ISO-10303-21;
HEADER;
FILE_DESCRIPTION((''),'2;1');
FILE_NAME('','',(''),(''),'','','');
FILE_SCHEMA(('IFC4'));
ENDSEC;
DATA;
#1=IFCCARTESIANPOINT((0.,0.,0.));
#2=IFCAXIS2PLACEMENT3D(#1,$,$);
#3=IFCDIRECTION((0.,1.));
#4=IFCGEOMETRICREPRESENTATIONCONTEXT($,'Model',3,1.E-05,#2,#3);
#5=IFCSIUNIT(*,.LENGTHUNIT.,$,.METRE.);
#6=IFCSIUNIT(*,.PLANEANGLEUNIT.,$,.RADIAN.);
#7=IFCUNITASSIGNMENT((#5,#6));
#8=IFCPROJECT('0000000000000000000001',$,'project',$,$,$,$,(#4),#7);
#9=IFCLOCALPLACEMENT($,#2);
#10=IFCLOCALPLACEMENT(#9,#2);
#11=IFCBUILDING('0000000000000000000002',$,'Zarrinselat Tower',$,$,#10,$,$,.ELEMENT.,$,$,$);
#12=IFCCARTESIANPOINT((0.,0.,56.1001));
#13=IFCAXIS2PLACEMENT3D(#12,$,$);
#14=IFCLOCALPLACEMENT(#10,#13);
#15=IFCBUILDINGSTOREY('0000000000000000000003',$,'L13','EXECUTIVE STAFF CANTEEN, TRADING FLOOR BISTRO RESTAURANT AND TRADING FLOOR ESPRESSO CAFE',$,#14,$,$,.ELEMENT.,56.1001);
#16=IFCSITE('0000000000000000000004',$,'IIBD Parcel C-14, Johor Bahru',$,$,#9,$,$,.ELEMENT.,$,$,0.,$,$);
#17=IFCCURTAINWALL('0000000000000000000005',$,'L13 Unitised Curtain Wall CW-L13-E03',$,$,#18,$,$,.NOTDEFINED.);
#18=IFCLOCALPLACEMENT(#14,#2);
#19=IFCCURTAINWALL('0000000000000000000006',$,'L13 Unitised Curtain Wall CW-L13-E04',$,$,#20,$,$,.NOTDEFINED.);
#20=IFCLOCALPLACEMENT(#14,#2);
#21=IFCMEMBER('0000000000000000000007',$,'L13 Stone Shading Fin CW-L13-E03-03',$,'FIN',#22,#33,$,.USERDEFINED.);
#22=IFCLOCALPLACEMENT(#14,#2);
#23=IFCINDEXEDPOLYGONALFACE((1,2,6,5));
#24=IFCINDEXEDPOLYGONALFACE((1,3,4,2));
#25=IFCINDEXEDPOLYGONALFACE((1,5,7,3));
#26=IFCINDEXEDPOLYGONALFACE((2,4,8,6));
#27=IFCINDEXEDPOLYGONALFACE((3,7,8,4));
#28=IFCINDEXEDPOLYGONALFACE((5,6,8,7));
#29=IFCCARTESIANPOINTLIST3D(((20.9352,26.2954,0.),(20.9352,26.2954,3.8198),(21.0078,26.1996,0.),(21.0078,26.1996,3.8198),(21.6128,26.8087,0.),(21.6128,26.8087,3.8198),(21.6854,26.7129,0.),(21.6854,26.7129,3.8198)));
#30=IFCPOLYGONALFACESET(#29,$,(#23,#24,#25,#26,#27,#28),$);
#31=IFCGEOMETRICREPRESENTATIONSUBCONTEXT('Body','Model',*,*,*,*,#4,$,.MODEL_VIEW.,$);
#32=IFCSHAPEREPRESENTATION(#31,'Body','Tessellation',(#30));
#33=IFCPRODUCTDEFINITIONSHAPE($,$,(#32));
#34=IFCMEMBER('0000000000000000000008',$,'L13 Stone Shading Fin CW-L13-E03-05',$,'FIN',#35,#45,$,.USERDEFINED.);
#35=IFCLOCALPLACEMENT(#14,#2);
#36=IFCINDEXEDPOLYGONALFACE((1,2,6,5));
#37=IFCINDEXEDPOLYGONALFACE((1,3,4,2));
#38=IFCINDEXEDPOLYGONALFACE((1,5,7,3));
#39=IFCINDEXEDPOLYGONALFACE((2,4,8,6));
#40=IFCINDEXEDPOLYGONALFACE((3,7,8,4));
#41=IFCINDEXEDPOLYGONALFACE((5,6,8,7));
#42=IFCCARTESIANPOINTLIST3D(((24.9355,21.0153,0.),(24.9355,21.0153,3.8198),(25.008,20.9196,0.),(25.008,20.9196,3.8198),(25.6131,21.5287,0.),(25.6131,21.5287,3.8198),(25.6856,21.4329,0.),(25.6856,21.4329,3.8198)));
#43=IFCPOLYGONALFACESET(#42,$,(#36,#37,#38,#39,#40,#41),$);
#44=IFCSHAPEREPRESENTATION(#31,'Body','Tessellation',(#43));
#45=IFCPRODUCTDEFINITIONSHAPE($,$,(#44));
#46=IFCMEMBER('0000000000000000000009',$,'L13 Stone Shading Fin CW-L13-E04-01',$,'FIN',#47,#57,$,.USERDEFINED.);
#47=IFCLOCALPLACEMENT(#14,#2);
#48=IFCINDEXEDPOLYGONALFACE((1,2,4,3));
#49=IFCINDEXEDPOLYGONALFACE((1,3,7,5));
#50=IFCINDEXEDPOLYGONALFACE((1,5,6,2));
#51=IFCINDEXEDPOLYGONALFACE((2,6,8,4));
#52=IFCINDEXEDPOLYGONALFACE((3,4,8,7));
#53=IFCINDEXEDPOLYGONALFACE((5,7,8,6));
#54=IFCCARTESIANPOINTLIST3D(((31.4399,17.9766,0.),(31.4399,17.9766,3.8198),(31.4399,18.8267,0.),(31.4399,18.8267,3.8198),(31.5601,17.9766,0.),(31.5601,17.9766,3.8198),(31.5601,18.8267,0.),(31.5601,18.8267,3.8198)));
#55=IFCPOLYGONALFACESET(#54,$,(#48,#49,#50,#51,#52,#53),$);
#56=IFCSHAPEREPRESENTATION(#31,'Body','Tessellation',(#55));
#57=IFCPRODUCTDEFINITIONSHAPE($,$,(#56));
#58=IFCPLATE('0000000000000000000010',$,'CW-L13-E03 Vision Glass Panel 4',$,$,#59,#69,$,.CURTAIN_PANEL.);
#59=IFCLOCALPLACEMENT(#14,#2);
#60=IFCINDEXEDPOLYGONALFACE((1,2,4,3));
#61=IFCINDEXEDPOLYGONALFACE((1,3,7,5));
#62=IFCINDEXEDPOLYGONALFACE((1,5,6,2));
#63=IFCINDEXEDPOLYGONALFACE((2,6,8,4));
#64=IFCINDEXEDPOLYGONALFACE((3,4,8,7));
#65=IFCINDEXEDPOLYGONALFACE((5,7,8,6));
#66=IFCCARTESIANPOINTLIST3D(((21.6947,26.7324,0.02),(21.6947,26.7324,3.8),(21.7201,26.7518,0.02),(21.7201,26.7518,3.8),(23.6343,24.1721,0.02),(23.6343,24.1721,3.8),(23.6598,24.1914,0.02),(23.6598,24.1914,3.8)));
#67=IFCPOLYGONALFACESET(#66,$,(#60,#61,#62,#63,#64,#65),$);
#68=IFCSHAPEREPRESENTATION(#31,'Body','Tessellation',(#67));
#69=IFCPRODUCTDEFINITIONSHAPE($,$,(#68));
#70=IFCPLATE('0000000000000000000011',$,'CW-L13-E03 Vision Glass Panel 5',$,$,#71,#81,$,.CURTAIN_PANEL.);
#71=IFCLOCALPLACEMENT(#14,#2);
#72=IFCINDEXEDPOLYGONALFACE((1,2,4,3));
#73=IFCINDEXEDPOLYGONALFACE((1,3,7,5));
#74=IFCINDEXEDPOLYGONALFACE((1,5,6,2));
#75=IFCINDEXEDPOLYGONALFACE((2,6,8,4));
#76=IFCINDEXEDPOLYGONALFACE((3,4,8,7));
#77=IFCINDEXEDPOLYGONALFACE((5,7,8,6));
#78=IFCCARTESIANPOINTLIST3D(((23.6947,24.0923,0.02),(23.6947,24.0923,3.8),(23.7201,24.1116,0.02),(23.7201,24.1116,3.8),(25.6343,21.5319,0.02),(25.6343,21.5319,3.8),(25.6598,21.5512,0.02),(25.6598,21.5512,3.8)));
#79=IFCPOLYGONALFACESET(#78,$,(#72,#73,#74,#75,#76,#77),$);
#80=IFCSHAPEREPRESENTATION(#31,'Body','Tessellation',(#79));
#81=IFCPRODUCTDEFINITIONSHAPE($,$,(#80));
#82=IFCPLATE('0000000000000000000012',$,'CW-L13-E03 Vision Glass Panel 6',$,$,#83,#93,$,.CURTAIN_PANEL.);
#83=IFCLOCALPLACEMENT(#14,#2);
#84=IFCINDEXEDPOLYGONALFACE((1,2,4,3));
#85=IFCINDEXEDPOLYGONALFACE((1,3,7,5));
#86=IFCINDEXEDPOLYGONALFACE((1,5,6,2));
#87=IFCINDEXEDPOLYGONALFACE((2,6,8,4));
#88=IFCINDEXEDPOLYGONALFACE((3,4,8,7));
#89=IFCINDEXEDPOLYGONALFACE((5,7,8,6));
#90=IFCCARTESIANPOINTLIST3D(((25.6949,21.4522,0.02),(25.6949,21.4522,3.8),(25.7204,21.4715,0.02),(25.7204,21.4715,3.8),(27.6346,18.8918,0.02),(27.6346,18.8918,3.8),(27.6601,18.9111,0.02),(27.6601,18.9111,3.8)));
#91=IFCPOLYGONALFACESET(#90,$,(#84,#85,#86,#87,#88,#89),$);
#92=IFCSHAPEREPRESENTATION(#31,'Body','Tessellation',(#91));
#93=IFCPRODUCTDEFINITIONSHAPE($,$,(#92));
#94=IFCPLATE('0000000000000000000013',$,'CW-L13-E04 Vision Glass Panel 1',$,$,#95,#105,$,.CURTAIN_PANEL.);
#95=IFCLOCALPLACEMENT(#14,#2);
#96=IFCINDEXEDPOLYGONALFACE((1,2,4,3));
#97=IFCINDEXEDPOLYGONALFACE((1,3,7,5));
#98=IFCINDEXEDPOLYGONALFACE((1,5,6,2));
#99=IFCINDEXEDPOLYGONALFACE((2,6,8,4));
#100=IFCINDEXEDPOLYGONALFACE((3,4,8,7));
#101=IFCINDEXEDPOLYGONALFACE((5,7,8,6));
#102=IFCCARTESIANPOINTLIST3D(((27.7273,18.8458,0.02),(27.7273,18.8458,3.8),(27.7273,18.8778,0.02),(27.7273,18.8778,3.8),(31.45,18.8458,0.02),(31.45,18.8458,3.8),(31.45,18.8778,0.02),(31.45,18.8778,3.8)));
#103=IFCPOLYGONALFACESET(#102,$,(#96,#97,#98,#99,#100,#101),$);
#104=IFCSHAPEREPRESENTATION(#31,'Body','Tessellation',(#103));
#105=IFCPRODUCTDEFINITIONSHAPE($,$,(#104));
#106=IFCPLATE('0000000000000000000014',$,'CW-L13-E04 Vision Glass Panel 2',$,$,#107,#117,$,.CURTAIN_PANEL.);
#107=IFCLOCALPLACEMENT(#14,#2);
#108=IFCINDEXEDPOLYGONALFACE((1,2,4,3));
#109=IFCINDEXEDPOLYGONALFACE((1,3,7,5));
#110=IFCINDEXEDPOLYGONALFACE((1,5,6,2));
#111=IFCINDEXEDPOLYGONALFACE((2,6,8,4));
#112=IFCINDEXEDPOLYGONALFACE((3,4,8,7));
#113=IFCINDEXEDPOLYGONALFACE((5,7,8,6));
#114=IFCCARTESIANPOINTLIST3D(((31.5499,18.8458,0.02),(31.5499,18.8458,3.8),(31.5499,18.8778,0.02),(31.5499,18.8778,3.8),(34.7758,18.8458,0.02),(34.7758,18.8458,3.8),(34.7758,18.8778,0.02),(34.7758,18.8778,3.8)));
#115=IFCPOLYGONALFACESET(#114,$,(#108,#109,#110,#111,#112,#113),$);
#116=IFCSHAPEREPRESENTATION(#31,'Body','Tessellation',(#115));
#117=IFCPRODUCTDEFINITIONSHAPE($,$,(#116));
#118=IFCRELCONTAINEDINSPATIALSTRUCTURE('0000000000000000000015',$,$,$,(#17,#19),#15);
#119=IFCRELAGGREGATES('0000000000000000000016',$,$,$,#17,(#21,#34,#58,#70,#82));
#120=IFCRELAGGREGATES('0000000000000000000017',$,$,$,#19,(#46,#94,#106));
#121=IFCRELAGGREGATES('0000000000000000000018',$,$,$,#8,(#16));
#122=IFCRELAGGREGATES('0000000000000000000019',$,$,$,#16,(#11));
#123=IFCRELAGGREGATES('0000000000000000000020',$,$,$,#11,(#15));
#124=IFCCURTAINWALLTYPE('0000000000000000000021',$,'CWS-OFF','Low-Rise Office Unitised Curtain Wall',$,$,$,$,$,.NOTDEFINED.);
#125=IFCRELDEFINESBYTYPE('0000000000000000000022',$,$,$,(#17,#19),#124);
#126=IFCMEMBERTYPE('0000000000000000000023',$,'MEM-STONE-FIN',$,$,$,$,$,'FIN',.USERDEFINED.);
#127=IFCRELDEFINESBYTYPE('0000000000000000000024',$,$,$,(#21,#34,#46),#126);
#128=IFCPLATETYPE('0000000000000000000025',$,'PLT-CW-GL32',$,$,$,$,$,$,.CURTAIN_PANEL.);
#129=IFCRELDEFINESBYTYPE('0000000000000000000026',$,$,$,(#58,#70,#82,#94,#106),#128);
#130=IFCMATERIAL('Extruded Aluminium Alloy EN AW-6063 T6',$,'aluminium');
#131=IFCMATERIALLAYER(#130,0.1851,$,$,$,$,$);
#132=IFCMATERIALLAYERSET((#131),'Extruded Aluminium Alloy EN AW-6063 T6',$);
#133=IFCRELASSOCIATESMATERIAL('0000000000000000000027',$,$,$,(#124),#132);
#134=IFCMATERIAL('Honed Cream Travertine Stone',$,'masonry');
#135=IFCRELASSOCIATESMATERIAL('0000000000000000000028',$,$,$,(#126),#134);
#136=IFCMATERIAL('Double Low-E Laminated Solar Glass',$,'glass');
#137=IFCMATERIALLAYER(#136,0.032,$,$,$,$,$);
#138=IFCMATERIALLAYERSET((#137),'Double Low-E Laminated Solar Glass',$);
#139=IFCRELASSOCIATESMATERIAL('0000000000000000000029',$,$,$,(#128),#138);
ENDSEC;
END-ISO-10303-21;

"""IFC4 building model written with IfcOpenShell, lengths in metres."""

from ifc_helpers import new_model, si_unit, direction, frame, origin, origin_2d, place, context, subcontext, project, spatial, rectangle, extrude, material, layer, layer_set, material_profile, profile_set, type_object, element, aggregate, save


model = new_model("IFC4")

# Units and contexts
model_context = context("Model", 3, precision=1e-05, world=origin(), true_north=direction((0.0, 1.0)))
body_context = subcontext(model_context, "Body", "Model", "MODEL_VIEW")
ifc_project = project(units=[si_unit("LENGTHUNIT", "METRE"), si_unit("PLANEANGLEUNIT", "RADIAN")], contexts=[model_context])

# Site, building, storey
site_placement = place(None, origin())
site = spatial("IfcSite", under=ifc_project, at=site_placement, Name="IIBD Parcel C-14, Johor Bahru", CompositionType="ELEMENT", RefElevation=0.0)
building_placement = place(site_placement, origin())
building = spatial("IfcBuilding", under=site, at=building_placement, Name="Zarrinselat Tower", CompositionType="ELEMENT")
storey_placement = place(building_placement, frame((0.0, 0.0, 56.1001)))
storey = spatial("IfcBuildingStorey", under=building, at=storey_placement, Name="L13", Description="EXECUTIVE STAFF CANTEEN, TRADING FLOOR BISTRO RESTAURANT AND TRADING FLOOR ESPRESSO CAFE", CompositionType="ELEMENT", Elevation=56.1001)

# Curtain walls
ifc_material_1 = material(Name="Extruded Aluminium Alloy EN AW-6063 T6", Category="aluminium")
ifc_layer_1 = layer(ifc_material_1, 0.1851)
ifc_layer_set_1 = layer_set([ifc_layer_1], Name="Extruded Aluminium Alloy EN AW-6063 T6")
curtain_wall_type = type_object("IfcCurtainWallType", Name="CWS-OFF", Description="Low-Rise Office Unitised Curtain Wall", PredefinedType="NOTDEFINED", material=ifc_layer_set_1)
curtain_wall_1_placement = place(storey_placement, origin())
curtain_wall_1 = element("IfcCurtainWall", 1, at=curtain_wall_1_placement, inside=storey, type_object=curtain_wall_type, Name="L13 Unitised Curtain Wall CW-L13-E03", PredefinedType="NOTDEFINED")
curtain_wall_2_placement = place(storey_placement, origin())
curtain_wall_2 = element("IfcCurtainWall", 2, at=curtain_wall_2_placement, inside=storey, type_object=curtain_wall_type, Name="L13 Unitised Curtain Wall CW-L13-E04", PredefinedType="NOTDEFINED")

# Members
ifc_material_2 = material(Name="Honed Cream Travertine Stone", Category="masonry")
ifc_material_profile_1 = material_profile(ifc_material_2, rectangle(XDim=0.1201, YDim=0.8501, at=origin_2d()), Name="FIN 850x120")
ifc_profile_set_1 = profile_set([ifc_material_profile_1], Name="Honed Cream Travertine Stone")
member_type_1 = type_object("IfcMemberType", Name="MEM-STONE-FIN", ElementType="FIN", PredefinedType="USERDEFINED", material=ifc_profile_set_1)
member_1_placement = place(storey_placement, frame((21.3103, 26.5042, 0.0), z_axis=(0.0, 0.0, 1.0), x_axis=(-0.603862, 0.797089, 0.0)))
member_1 = element("IfcMember", 3, at=member_1_placement, type_object=member_type_1, Name="L13 Stone Shading Fin CW-L13-E03-03", ObjectType="FIN", PredefinedType="USERDEFINED", context=body_context, shape_type="SweptSolid", body=[
    extrude(rectangle(XDim=0.1201, YDim=0.8501, at=origin_2d()), origin(), (0.0, 0.0, 1.0), 3.8198),
])
member_2_placement = place(storey_placement, frame((25.3105, 21.2241, 0.0), z_axis=(0.0, 0.0, 1.0), x_axis=(-0.603862, 0.797089, 0.0)))
member_2 = element("IfcMember", 4, at=member_2_placement, type_object=member_type_1, Name="L13 Stone Shading Fin CW-L13-E03-05", ObjectType="FIN", PredefinedType="USERDEFINED", context=body_context, shape_type="SweptSolid", body=[
    extrude(rectangle(XDim=0.1201, YDim=0.8501, at=origin_2d()), origin(), (0.0, 0.0, 1.0), 3.8198),
])
member_3_placement = place(storey_placement, frame((31.5, 18.4016, 0.0), z_axis=(0.0, 0.0, 1.0), x_axis=(-1.0, 0.0, 0.0)))
member_3 = element("IfcMember", 5, at=member_3_placement, type_object=member_type_1, Name="L13 Stone Shading Fin CW-L13-E04-01", ObjectType="FIN", PredefinedType="USERDEFINED", context=body_context, shape_type="SweptSolid", body=[
    extrude(rectangle(XDim=0.1201, YDim=0.8501, at=origin_2d()), origin(), (0.0, 0.0, 1.0), 3.8198),
])

# Plates
ifc_material_3 = material(Name="Double Low-E Laminated Solar Glass", Category="glass")
ifc_layer_2 = layer(ifc_material_3, 0.032)
ifc_layer_set_2 = layer_set([ifc_layer_2], Name="Double Low-E Laminated Solar Glass")
plate_type = type_object("IfcPlateType", Name="PLT-CW-GL32", PredefinedType="CURTAIN_PANEL", material=ifc_layer_set_2)
plate_1_placement = place(storey_placement, frame((22.6772, 25.4619, 0.02), z_axis=(0.0, 0.0, 1.0), x_axis=(0.603862, -0.797089, 0.0)))
plate_1 = element("IfcPlate", 6, at=plate_1_placement, type_object=plate_type, Name="CW-L13-E03 Vision Glass Panel 4", PredefinedType="CURTAIN_PANEL", context=body_context, shape_type="SweptSolid", body=[
    extrude(rectangle(XDim=3.2122, YDim=0.032, at=origin_2d()), origin(), (0.0, 0.0, 1.0), 3.78),
])
plate_2_placement = place(storey_placement, frame((24.6772, 22.8218, 0.02), z_axis=(0.0, 0.0, 1.0), x_axis=(0.603862, -0.797089, 0.0)))
plate_2 = element("IfcPlate", 7, at=plate_2_placement, type_object=plate_type, Name="CW-L13-E03 Vision Glass Panel 5", PredefinedType="CURTAIN_PANEL", context=body_context, shape_type="SweptSolid", body=[
    extrude(rectangle(XDim=3.2122, YDim=0.032, at=origin_2d()), origin(), (0.0, 0.0, 1.0), 3.78),
])
plate_3_placement = place(storey_placement, frame((26.6775, 20.1816, 0.02), z_axis=(0.0, 0.0, 1.0), x_axis=(0.603862, -0.797089, 0.0)))
plate_3 = element("IfcPlate", 8, at=plate_3_placement, type_object=plate_type, Name="CW-L13-E03 Vision Glass Panel 6", PredefinedType="CURTAIN_PANEL", context=body_context, shape_type="SweptSolid", body=[
    extrude(rectangle(XDim=3.2122, YDim=0.032, at=origin_2d()), origin(), (0.0, 0.0, 1.0), 3.78),
])
aggregate(curtain_wall_1, [member_1, member_2, plate_1, plate_2, plate_3])
plate_4_placement = place(storey_placement, frame((29.5886, 18.8618, 0.02), z_axis=(0.0, 0.0, 1.0), x_axis=(1.0, 0.0, 0.0)))
plate_4 = element("IfcPlate", 9, at=plate_4_placement, type_object=plate_type, Name="CW-L13-E04 Vision Glass Panel 1", PredefinedType="CURTAIN_PANEL", context=body_context, shape_type="SweptSolid", body=[
    extrude(rectangle(XDim=3.7227, YDim=0.032, at=origin_2d()), origin(), (0.0, 0.0, 1.0), 3.78),
])
plate_5_placement = place(storey_placement, frame((33.1628, 18.8618, 0.02), z_axis=(0.0, 0.0, 1.0), x_axis=(1.0, 0.0, 0.0)))
plate_5 = element("IfcPlate", 10, at=plate_5_placement, type_object=plate_type, Name="CW-L13-E04 Vision Glass Panel 2", PredefinedType="CURTAIN_PANEL", context=body_context, shape_type="SweptSolid", body=[
    extrude(rectangle(XDim=3.2258, YDim=0.032, at=origin_2d()), origin(), (0.0, 0.0, 1.0), 3.78),
])
aggregate(curtain_wall_2, [member_3, plate_4, plate_5])

save(model, "model.ifc")
